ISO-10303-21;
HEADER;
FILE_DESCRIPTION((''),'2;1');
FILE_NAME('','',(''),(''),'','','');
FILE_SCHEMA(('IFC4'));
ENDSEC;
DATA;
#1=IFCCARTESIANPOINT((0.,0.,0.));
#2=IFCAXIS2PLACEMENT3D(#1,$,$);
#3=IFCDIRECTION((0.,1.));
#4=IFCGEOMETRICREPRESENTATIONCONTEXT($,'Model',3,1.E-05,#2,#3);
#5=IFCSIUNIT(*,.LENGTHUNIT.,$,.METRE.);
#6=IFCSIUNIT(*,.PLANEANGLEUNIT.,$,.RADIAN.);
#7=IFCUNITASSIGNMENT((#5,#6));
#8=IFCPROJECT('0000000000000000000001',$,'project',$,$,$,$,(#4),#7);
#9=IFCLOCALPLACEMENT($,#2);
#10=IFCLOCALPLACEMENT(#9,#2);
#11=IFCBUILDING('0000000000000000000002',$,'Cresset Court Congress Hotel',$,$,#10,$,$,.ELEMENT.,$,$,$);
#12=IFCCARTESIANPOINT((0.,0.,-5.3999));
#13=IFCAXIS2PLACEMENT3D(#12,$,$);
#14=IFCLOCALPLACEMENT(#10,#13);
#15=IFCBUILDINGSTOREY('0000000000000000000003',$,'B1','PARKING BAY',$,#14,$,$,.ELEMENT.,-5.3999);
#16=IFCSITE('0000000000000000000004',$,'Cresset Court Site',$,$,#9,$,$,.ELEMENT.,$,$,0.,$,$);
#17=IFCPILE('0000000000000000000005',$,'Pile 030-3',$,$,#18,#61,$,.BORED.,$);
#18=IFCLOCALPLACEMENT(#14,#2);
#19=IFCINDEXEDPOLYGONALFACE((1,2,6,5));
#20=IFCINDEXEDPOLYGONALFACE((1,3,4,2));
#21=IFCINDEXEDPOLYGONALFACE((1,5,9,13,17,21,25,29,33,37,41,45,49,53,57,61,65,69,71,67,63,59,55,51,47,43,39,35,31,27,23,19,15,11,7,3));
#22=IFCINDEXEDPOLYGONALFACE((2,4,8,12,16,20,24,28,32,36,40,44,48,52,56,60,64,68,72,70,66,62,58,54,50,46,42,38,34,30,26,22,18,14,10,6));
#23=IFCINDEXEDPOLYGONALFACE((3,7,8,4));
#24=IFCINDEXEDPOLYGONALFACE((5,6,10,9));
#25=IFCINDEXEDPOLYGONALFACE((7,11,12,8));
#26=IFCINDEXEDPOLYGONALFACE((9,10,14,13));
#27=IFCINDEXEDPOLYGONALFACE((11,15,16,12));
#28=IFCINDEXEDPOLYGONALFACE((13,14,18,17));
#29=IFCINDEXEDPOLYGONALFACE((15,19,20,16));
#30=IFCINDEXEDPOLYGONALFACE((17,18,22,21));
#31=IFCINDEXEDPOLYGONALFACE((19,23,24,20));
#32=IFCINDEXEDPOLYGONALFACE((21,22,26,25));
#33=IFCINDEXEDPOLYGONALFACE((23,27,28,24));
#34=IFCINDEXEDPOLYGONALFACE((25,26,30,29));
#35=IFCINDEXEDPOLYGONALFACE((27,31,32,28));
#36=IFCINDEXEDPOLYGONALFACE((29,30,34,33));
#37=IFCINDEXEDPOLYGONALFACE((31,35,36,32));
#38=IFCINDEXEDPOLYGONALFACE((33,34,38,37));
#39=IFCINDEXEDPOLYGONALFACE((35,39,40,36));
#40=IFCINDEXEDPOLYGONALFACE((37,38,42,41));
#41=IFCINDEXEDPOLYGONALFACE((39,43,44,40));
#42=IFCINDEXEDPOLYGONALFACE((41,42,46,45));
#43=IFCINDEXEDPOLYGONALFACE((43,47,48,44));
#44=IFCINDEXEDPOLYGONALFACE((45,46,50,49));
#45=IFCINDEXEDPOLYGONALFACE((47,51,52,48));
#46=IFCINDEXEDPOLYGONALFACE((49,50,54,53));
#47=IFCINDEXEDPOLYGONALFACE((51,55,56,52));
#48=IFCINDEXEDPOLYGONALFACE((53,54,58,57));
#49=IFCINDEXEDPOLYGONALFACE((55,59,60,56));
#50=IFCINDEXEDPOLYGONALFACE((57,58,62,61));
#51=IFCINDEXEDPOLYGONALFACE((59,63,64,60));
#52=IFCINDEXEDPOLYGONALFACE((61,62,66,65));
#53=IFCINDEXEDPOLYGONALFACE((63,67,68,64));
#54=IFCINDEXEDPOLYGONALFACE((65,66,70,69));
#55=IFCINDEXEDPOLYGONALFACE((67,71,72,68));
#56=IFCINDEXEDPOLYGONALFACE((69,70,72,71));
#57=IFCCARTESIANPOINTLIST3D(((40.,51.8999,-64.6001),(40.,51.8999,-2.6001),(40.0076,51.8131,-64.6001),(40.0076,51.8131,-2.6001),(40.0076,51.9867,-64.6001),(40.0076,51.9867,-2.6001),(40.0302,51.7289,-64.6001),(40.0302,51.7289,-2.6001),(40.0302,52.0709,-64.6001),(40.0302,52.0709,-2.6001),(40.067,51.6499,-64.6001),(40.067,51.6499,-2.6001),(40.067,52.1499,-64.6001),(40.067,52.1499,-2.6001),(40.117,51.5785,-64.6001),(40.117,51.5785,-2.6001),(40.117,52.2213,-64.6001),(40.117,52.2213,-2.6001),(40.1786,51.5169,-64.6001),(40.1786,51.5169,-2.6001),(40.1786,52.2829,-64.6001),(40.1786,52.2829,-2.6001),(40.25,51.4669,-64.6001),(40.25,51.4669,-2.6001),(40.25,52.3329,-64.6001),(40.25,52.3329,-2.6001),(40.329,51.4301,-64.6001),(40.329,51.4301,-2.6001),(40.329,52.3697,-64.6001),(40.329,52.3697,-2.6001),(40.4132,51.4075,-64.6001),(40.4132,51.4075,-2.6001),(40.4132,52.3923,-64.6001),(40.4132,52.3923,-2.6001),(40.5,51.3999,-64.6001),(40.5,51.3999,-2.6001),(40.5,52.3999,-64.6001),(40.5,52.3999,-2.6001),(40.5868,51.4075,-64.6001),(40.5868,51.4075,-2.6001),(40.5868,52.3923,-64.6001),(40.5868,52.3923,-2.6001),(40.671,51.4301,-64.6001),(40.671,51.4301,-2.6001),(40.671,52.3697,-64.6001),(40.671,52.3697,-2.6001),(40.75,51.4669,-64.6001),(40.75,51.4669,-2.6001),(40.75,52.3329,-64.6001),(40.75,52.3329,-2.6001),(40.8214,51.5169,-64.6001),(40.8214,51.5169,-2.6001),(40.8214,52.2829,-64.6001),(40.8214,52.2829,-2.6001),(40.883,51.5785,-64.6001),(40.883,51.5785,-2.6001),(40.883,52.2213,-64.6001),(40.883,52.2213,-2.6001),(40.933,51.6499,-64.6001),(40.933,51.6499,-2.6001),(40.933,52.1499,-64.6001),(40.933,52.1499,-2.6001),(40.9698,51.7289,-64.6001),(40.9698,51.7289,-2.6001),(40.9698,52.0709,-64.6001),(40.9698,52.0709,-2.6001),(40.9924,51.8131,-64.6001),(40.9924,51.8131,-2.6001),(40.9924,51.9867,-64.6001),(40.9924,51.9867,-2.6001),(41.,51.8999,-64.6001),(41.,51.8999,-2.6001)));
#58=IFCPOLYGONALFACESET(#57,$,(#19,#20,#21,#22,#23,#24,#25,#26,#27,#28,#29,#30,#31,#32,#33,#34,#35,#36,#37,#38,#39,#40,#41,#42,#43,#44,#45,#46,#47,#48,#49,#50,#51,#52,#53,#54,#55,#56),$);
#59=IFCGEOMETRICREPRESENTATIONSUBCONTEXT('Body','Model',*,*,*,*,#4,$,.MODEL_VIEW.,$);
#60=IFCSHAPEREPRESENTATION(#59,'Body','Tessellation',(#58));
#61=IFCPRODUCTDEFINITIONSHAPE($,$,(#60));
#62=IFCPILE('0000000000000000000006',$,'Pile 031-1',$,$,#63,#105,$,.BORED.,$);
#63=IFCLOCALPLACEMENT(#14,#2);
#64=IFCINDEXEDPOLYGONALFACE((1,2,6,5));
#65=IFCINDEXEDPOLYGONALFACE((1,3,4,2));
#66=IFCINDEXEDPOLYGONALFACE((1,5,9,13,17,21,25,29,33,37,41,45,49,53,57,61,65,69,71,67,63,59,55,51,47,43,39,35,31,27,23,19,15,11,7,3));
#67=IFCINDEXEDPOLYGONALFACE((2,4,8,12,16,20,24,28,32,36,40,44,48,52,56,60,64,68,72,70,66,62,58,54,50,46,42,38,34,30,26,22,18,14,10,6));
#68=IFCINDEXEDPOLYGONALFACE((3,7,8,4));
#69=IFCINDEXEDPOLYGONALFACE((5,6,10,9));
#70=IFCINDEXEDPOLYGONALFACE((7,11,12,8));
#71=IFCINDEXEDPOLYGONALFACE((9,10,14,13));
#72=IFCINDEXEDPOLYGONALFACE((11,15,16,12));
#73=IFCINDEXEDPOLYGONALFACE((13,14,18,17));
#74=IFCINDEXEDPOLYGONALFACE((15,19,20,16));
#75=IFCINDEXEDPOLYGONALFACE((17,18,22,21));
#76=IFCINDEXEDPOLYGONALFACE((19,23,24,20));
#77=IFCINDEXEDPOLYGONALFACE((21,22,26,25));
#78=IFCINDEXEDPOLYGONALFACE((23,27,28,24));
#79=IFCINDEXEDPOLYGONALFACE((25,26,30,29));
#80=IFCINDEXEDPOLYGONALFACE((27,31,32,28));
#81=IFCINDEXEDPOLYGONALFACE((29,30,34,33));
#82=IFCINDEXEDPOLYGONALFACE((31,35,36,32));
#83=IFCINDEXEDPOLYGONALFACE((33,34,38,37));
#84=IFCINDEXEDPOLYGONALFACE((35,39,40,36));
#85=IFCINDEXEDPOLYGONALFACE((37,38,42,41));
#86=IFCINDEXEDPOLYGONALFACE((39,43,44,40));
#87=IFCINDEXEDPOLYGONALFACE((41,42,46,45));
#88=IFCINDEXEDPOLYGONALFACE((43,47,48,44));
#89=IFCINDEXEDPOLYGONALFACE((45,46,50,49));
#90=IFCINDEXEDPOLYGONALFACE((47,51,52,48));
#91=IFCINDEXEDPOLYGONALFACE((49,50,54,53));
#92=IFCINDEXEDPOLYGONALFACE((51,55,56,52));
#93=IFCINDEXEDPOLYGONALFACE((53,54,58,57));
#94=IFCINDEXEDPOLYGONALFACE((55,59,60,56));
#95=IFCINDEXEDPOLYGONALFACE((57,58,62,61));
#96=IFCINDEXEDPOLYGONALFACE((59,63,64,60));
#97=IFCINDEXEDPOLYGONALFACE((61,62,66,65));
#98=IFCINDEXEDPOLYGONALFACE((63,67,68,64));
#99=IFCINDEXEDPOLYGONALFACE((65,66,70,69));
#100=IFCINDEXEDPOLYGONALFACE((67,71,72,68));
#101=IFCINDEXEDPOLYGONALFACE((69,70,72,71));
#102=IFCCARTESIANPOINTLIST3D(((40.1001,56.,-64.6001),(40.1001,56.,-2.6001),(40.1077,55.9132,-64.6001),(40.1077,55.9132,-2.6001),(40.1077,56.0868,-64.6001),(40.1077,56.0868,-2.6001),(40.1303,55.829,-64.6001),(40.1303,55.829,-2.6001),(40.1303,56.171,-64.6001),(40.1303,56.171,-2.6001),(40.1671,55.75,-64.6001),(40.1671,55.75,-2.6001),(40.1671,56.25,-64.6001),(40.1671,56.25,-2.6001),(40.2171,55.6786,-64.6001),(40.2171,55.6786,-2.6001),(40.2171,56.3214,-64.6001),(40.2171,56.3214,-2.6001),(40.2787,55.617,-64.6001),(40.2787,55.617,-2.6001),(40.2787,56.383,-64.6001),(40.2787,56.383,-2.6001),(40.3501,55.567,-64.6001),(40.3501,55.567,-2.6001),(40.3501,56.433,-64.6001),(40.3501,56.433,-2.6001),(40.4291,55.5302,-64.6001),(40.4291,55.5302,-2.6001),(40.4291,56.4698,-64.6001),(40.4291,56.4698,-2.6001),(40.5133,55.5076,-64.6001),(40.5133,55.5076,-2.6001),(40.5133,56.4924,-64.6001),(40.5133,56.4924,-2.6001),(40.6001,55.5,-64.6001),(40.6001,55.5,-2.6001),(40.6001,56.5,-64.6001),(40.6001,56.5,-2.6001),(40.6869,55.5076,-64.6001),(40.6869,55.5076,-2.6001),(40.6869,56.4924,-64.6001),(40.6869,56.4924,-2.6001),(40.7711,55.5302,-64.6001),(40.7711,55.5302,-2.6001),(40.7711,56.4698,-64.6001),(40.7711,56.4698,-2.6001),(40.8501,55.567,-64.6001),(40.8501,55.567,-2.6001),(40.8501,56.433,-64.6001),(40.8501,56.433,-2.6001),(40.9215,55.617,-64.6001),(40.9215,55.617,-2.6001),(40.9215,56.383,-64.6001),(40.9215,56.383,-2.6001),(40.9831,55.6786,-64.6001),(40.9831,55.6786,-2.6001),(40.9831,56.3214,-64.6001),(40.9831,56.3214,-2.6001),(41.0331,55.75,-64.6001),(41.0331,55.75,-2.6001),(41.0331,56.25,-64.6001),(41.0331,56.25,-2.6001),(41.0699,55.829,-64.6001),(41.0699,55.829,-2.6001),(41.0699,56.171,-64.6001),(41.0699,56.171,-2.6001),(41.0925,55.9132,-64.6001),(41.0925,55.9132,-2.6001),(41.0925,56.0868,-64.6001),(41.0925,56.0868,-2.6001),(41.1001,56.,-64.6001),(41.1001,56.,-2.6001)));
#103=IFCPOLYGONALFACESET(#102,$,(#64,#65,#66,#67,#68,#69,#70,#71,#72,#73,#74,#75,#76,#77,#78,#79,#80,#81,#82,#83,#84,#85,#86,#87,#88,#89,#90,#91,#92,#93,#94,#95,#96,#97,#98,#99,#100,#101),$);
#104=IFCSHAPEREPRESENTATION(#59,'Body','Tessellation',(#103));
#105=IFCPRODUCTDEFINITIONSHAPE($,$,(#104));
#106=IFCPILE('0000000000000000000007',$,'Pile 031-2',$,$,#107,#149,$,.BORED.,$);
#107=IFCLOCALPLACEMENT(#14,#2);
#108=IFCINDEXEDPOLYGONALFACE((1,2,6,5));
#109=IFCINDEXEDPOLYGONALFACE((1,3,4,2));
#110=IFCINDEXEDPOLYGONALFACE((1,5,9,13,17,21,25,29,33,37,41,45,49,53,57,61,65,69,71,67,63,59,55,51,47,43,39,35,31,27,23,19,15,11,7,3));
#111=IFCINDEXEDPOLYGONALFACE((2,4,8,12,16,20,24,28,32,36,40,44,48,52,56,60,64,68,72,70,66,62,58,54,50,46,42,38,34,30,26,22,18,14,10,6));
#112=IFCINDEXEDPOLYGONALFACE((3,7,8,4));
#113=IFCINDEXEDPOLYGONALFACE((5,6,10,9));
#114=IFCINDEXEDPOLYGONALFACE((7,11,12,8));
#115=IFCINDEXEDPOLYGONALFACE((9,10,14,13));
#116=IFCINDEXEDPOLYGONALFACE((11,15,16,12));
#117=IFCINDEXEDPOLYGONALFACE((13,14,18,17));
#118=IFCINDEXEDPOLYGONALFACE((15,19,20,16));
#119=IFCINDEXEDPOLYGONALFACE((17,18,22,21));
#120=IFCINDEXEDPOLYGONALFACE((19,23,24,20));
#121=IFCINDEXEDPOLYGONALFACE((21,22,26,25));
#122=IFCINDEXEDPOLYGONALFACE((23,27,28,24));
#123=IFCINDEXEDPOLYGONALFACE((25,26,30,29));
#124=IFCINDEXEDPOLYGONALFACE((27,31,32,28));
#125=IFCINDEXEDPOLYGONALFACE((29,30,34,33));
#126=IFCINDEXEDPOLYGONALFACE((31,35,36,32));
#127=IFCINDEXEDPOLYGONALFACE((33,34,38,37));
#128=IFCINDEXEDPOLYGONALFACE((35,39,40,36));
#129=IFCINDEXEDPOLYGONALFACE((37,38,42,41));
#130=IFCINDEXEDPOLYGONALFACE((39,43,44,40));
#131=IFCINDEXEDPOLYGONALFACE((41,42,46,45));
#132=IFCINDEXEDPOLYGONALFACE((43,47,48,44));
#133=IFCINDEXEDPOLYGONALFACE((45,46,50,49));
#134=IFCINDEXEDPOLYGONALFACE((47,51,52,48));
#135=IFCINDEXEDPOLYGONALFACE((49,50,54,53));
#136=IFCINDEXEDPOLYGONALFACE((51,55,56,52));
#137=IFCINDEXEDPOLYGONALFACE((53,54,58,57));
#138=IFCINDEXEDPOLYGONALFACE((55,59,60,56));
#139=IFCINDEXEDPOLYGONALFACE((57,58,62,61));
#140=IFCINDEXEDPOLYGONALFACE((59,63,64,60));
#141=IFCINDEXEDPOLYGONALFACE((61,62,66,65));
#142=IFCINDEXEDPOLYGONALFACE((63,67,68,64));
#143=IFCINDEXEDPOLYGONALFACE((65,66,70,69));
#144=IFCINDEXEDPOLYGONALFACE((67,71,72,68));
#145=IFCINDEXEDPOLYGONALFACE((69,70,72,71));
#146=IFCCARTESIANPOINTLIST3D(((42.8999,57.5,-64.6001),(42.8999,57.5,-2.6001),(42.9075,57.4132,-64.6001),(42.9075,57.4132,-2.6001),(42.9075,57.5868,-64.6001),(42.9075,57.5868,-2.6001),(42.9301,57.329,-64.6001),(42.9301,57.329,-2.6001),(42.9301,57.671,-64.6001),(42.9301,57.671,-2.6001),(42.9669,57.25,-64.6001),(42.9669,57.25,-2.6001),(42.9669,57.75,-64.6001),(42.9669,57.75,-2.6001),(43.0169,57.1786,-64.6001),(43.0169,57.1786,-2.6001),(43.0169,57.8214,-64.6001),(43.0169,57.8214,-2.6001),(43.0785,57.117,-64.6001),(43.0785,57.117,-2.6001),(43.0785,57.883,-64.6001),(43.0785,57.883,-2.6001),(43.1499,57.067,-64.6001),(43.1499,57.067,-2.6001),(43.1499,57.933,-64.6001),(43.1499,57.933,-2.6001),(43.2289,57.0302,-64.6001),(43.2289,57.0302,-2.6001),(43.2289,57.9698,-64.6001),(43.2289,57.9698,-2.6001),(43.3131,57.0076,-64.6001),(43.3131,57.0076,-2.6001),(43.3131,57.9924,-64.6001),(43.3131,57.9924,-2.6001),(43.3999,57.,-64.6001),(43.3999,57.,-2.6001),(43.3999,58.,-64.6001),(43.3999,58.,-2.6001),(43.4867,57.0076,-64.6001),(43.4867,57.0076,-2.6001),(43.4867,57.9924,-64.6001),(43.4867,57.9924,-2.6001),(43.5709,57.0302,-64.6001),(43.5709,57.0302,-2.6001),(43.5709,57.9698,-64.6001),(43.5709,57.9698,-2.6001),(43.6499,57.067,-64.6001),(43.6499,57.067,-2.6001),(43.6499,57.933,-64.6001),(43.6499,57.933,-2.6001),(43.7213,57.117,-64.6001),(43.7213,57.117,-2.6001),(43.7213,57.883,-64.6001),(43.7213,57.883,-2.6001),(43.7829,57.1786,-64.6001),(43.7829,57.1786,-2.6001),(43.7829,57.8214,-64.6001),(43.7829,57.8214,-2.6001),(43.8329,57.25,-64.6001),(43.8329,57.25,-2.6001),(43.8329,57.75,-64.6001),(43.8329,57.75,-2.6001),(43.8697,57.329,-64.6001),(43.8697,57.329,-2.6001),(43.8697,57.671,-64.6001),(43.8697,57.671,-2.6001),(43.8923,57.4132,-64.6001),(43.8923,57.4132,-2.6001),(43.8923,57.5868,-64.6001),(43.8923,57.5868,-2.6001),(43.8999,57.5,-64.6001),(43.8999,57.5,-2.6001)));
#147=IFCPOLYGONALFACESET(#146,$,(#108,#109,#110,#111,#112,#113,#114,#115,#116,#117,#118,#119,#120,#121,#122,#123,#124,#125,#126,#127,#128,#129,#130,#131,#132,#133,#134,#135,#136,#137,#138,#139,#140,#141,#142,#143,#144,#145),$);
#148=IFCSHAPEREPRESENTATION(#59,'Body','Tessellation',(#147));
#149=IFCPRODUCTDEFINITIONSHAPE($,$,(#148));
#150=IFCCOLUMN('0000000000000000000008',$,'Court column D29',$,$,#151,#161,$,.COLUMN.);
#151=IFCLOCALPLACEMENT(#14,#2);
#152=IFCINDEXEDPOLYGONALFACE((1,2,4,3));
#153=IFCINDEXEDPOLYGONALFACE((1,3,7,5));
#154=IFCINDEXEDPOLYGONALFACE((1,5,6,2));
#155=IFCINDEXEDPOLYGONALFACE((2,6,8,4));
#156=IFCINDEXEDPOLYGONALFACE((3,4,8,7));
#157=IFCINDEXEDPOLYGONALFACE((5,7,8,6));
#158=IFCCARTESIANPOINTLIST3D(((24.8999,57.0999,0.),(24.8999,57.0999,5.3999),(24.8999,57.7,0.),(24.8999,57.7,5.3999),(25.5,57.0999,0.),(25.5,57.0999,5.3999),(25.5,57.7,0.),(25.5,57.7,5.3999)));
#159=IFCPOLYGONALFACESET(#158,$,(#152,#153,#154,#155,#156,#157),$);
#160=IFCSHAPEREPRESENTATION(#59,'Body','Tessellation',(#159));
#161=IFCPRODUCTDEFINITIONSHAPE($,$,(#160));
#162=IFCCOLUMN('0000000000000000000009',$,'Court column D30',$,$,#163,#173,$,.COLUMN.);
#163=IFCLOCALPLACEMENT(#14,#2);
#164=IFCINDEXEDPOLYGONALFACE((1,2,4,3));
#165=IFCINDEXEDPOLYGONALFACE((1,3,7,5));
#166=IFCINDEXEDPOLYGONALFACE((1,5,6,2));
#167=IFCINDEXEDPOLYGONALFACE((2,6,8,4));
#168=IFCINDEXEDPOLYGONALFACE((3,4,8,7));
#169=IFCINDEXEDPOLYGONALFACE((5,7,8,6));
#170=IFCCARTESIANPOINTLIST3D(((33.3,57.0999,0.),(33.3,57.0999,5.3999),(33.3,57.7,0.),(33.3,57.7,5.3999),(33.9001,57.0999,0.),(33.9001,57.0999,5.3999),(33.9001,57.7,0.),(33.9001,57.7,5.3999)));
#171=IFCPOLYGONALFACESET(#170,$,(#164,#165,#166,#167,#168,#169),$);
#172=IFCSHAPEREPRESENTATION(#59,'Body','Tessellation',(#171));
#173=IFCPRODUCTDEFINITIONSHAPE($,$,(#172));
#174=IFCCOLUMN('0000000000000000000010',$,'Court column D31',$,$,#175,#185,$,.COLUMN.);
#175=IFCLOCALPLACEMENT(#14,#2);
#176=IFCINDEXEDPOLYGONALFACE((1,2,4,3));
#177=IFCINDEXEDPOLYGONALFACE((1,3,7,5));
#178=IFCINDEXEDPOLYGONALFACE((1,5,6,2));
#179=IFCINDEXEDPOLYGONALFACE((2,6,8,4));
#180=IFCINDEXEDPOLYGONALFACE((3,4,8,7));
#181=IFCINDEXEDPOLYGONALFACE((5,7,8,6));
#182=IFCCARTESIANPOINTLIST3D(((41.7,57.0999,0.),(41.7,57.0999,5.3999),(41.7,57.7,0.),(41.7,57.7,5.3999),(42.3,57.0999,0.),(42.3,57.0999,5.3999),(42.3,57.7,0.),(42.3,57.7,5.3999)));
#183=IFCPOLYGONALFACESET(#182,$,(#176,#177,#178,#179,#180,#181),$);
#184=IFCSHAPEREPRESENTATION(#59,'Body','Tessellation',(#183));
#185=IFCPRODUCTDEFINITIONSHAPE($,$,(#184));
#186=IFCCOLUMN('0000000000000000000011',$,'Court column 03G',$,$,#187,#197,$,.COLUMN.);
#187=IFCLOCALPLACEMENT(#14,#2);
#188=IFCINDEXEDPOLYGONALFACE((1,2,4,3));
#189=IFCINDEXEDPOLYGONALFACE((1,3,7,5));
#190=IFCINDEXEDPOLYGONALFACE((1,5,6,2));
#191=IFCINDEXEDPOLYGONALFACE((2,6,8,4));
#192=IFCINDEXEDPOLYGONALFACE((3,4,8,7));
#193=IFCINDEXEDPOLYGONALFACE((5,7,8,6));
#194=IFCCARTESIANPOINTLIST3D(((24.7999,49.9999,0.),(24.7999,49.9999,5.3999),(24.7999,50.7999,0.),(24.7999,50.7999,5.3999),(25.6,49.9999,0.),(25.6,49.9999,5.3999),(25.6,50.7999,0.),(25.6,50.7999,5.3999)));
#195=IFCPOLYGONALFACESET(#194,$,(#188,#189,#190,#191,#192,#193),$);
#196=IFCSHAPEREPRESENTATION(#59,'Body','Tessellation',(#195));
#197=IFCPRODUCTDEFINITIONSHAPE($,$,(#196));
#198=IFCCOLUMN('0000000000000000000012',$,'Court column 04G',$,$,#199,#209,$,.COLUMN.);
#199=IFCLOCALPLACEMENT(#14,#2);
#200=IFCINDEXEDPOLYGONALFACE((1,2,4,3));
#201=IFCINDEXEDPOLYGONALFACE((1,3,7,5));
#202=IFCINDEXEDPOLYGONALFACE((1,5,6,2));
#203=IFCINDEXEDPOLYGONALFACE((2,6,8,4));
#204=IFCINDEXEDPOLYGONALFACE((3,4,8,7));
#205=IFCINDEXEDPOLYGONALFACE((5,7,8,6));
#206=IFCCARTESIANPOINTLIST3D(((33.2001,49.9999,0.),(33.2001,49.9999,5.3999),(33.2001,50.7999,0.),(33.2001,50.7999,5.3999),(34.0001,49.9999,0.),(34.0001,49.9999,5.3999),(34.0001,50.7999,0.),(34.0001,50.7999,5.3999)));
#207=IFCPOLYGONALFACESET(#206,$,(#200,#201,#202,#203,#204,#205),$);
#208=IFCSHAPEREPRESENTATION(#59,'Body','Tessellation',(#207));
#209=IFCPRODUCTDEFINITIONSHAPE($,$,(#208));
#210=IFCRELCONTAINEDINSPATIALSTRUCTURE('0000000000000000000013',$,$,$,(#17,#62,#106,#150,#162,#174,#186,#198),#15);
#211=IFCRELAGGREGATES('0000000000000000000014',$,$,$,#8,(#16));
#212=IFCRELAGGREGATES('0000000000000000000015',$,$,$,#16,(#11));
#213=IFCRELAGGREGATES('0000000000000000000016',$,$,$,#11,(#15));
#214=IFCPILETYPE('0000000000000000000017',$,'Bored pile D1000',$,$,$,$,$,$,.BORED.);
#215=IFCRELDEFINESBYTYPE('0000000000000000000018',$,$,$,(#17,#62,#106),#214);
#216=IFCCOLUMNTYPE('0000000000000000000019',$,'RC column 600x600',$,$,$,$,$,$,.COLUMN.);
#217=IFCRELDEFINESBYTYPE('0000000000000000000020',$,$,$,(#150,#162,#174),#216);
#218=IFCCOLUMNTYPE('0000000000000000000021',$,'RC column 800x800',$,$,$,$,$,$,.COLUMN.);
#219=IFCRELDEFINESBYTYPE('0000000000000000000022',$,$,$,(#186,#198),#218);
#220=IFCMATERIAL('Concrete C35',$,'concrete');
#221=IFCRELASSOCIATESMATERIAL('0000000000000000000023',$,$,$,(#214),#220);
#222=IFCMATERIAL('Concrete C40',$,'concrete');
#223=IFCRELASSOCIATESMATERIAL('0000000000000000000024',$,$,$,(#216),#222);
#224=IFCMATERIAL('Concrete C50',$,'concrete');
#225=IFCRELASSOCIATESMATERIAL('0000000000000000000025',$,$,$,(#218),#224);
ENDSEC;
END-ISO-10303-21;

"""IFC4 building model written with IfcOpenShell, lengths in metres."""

from ifc_helpers import new_model, si_unit, direction, frame, origin, origin_2d, place, context, subcontext, project, spatial, rectangle, circle, extrude, material, material_profile, profile_set, type_object, element, save


model = new_model("IFC4")

# Units and contexts
model_context = context("Model", 3, precision=1e-05, world=origin(), true_north=direction((0.0, 1.0)))
body_context = subcontext(model_context, "Body", "Model", "MODEL_VIEW")
ifc_project = project(units=[si_unit("LENGTHUNIT", "METRE"), si_unit("PLANEANGLEUNIT", "RADIAN")], contexts=[model_context])

# Site, building, storey
site_placement = place(None, origin())
site = spatial("IfcSite", under=ifc_project, at=site_placement, Name="Cresset Court Site", CompositionType="ELEMENT", RefElevation=0.0)
building_placement = place(site_placement, origin())
building = spatial("IfcBuilding", under=site, at=building_placement, Name="Cresset Court Congress Hotel", CompositionType="ELEMENT")
storey_placement = place(building_placement, frame((0.0, 0.0, -5.3999)))
storey = spatial("IfcBuildingStorey", under=building, at=storey_placement, Name="B1", Description="PARKING BAY", CompositionType="ELEMENT", Elevation=-5.3999)

# Piles
ifc_material_1 = material(Name="Concrete C35", Category="concrete")
pile_type = type_object("IfcPileType", Name="Bored pile D1000", PredefinedType="BORED", material=ifc_material_1)
for number, where, z_axis, x_axis, name in (
    (1, (40.5, 51.8999, -2.6001), (0.0, 0.0, -1.0), (1.0, 0.0, 0.0), "Pile 030-3"),
    (2, (40.6001, 56.0, -2.6001), (0.0, 0.0, -1.0), (1.0, 0.0, 0.0), "Pile 031-1"),
    (3, (43.3999, 57.5, -2.6001), (0.0, 0.0, -1.0), (1.0, 0.0, 0.0), "Pile 031-2"),
):
    element("IfcPile", number, at=place(storey_placement, frame(where, z_axis=z_axis, x_axis=x_axis)), inside=storey, type_object=pile_type, Name=name, PredefinedType="BORED", context=body_context, shape_type="SweptSolid", body=[
        extrude(circle(Radius=0.5, at=origin_2d()), origin(), (0.0, 0.0, 1.0), 62.0),
    ])

# Columns
ifc_material_2 = material(Name="Concrete C40", Category="concrete")
ifc_material_profile_1 = material_profile(ifc_material_2, rectangle(XDim=0.6001, YDim=0.6001, at=origin_2d()), Name="RC600x600")
ifc_profile_set_1 = profile_set([ifc_material_profile_1], Name="Concrete C40")
column_type_1 = type_object("IfcColumnType", Name="RC column 600x600", PredefinedType="COLUMN", material=ifc_profile_set_1)
for number, where, z_axis, x_axis, name in (
    (4, (25.2, 57.3999, 0.0), (0.0, 0.0, 1.0), (1.0, 0.0, 0.0), "Court column D29"),
    (5, (33.6001, 57.3999, 0.0), (0.0, 0.0, 1.0), (1.0, 0.0, 0.0), "Court column D30"),
    (6, (42.0, 57.3999, 0.0), (0.0, 0.0, 1.0), (1.0, 0.0, 0.0), "Court column D31"),
):
    element("IfcColumn", number, at=place(storey_placement, frame(where, z_axis=z_axis, x_axis=x_axis)), inside=storey, type_object=column_type_1, Name=name, PredefinedType="COLUMN", context=body_context, shape_type="SweptSolid", body=[
        extrude(rectangle(XDim=0.6001, YDim=0.6001, at=origin_2d()), origin(), (0.0, 0.0, 1.0), 5.3999),
    ])
ifc_material_3 = material(Name="Concrete C50", Category="concrete")
ifc_material_profile_2 = material_profile(ifc_material_3, rectangle(XDim=0.8, YDim=0.8, at=origin_2d()), Name="RC800x800")
ifc_profile_set_2 = profile_set([ifc_material_profile_2], Name="Concrete C50")
column_type_2 = type_object("IfcColumnType", Name="RC column 800x800", PredefinedType="COLUMN", material=ifc_profile_set_2)
for number, where, z_axis, x_axis, name in (
    (7, (25.2, 50.3999, 0.0), (0.0, 0.0, 1.0), (1.0, 0.0, 0.0), "Court column 03G"),
    (8, (33.6001, 50.3999, 0.0), (0.0, 0.0, 1.0), (1.0, 0.0, 0.0), "Court column 04G"),
):
    element("IfcColumn", number, at=place(storey_placement, frame(where, z_axis=z_axis, x_axis=x_axis)), inside=storey, type_object=column_type_2, Name=name, PredefinedType="COLUMN", context=body_context, shape_type="SweptSolid", body=[
        extrude(rectangle(XDim=0.8, YDim=0.8, at=origin_2d()), origin(), (0.0, 0.0, 1.0), 5.3999),
    ])

save(model, "model.ifc")
